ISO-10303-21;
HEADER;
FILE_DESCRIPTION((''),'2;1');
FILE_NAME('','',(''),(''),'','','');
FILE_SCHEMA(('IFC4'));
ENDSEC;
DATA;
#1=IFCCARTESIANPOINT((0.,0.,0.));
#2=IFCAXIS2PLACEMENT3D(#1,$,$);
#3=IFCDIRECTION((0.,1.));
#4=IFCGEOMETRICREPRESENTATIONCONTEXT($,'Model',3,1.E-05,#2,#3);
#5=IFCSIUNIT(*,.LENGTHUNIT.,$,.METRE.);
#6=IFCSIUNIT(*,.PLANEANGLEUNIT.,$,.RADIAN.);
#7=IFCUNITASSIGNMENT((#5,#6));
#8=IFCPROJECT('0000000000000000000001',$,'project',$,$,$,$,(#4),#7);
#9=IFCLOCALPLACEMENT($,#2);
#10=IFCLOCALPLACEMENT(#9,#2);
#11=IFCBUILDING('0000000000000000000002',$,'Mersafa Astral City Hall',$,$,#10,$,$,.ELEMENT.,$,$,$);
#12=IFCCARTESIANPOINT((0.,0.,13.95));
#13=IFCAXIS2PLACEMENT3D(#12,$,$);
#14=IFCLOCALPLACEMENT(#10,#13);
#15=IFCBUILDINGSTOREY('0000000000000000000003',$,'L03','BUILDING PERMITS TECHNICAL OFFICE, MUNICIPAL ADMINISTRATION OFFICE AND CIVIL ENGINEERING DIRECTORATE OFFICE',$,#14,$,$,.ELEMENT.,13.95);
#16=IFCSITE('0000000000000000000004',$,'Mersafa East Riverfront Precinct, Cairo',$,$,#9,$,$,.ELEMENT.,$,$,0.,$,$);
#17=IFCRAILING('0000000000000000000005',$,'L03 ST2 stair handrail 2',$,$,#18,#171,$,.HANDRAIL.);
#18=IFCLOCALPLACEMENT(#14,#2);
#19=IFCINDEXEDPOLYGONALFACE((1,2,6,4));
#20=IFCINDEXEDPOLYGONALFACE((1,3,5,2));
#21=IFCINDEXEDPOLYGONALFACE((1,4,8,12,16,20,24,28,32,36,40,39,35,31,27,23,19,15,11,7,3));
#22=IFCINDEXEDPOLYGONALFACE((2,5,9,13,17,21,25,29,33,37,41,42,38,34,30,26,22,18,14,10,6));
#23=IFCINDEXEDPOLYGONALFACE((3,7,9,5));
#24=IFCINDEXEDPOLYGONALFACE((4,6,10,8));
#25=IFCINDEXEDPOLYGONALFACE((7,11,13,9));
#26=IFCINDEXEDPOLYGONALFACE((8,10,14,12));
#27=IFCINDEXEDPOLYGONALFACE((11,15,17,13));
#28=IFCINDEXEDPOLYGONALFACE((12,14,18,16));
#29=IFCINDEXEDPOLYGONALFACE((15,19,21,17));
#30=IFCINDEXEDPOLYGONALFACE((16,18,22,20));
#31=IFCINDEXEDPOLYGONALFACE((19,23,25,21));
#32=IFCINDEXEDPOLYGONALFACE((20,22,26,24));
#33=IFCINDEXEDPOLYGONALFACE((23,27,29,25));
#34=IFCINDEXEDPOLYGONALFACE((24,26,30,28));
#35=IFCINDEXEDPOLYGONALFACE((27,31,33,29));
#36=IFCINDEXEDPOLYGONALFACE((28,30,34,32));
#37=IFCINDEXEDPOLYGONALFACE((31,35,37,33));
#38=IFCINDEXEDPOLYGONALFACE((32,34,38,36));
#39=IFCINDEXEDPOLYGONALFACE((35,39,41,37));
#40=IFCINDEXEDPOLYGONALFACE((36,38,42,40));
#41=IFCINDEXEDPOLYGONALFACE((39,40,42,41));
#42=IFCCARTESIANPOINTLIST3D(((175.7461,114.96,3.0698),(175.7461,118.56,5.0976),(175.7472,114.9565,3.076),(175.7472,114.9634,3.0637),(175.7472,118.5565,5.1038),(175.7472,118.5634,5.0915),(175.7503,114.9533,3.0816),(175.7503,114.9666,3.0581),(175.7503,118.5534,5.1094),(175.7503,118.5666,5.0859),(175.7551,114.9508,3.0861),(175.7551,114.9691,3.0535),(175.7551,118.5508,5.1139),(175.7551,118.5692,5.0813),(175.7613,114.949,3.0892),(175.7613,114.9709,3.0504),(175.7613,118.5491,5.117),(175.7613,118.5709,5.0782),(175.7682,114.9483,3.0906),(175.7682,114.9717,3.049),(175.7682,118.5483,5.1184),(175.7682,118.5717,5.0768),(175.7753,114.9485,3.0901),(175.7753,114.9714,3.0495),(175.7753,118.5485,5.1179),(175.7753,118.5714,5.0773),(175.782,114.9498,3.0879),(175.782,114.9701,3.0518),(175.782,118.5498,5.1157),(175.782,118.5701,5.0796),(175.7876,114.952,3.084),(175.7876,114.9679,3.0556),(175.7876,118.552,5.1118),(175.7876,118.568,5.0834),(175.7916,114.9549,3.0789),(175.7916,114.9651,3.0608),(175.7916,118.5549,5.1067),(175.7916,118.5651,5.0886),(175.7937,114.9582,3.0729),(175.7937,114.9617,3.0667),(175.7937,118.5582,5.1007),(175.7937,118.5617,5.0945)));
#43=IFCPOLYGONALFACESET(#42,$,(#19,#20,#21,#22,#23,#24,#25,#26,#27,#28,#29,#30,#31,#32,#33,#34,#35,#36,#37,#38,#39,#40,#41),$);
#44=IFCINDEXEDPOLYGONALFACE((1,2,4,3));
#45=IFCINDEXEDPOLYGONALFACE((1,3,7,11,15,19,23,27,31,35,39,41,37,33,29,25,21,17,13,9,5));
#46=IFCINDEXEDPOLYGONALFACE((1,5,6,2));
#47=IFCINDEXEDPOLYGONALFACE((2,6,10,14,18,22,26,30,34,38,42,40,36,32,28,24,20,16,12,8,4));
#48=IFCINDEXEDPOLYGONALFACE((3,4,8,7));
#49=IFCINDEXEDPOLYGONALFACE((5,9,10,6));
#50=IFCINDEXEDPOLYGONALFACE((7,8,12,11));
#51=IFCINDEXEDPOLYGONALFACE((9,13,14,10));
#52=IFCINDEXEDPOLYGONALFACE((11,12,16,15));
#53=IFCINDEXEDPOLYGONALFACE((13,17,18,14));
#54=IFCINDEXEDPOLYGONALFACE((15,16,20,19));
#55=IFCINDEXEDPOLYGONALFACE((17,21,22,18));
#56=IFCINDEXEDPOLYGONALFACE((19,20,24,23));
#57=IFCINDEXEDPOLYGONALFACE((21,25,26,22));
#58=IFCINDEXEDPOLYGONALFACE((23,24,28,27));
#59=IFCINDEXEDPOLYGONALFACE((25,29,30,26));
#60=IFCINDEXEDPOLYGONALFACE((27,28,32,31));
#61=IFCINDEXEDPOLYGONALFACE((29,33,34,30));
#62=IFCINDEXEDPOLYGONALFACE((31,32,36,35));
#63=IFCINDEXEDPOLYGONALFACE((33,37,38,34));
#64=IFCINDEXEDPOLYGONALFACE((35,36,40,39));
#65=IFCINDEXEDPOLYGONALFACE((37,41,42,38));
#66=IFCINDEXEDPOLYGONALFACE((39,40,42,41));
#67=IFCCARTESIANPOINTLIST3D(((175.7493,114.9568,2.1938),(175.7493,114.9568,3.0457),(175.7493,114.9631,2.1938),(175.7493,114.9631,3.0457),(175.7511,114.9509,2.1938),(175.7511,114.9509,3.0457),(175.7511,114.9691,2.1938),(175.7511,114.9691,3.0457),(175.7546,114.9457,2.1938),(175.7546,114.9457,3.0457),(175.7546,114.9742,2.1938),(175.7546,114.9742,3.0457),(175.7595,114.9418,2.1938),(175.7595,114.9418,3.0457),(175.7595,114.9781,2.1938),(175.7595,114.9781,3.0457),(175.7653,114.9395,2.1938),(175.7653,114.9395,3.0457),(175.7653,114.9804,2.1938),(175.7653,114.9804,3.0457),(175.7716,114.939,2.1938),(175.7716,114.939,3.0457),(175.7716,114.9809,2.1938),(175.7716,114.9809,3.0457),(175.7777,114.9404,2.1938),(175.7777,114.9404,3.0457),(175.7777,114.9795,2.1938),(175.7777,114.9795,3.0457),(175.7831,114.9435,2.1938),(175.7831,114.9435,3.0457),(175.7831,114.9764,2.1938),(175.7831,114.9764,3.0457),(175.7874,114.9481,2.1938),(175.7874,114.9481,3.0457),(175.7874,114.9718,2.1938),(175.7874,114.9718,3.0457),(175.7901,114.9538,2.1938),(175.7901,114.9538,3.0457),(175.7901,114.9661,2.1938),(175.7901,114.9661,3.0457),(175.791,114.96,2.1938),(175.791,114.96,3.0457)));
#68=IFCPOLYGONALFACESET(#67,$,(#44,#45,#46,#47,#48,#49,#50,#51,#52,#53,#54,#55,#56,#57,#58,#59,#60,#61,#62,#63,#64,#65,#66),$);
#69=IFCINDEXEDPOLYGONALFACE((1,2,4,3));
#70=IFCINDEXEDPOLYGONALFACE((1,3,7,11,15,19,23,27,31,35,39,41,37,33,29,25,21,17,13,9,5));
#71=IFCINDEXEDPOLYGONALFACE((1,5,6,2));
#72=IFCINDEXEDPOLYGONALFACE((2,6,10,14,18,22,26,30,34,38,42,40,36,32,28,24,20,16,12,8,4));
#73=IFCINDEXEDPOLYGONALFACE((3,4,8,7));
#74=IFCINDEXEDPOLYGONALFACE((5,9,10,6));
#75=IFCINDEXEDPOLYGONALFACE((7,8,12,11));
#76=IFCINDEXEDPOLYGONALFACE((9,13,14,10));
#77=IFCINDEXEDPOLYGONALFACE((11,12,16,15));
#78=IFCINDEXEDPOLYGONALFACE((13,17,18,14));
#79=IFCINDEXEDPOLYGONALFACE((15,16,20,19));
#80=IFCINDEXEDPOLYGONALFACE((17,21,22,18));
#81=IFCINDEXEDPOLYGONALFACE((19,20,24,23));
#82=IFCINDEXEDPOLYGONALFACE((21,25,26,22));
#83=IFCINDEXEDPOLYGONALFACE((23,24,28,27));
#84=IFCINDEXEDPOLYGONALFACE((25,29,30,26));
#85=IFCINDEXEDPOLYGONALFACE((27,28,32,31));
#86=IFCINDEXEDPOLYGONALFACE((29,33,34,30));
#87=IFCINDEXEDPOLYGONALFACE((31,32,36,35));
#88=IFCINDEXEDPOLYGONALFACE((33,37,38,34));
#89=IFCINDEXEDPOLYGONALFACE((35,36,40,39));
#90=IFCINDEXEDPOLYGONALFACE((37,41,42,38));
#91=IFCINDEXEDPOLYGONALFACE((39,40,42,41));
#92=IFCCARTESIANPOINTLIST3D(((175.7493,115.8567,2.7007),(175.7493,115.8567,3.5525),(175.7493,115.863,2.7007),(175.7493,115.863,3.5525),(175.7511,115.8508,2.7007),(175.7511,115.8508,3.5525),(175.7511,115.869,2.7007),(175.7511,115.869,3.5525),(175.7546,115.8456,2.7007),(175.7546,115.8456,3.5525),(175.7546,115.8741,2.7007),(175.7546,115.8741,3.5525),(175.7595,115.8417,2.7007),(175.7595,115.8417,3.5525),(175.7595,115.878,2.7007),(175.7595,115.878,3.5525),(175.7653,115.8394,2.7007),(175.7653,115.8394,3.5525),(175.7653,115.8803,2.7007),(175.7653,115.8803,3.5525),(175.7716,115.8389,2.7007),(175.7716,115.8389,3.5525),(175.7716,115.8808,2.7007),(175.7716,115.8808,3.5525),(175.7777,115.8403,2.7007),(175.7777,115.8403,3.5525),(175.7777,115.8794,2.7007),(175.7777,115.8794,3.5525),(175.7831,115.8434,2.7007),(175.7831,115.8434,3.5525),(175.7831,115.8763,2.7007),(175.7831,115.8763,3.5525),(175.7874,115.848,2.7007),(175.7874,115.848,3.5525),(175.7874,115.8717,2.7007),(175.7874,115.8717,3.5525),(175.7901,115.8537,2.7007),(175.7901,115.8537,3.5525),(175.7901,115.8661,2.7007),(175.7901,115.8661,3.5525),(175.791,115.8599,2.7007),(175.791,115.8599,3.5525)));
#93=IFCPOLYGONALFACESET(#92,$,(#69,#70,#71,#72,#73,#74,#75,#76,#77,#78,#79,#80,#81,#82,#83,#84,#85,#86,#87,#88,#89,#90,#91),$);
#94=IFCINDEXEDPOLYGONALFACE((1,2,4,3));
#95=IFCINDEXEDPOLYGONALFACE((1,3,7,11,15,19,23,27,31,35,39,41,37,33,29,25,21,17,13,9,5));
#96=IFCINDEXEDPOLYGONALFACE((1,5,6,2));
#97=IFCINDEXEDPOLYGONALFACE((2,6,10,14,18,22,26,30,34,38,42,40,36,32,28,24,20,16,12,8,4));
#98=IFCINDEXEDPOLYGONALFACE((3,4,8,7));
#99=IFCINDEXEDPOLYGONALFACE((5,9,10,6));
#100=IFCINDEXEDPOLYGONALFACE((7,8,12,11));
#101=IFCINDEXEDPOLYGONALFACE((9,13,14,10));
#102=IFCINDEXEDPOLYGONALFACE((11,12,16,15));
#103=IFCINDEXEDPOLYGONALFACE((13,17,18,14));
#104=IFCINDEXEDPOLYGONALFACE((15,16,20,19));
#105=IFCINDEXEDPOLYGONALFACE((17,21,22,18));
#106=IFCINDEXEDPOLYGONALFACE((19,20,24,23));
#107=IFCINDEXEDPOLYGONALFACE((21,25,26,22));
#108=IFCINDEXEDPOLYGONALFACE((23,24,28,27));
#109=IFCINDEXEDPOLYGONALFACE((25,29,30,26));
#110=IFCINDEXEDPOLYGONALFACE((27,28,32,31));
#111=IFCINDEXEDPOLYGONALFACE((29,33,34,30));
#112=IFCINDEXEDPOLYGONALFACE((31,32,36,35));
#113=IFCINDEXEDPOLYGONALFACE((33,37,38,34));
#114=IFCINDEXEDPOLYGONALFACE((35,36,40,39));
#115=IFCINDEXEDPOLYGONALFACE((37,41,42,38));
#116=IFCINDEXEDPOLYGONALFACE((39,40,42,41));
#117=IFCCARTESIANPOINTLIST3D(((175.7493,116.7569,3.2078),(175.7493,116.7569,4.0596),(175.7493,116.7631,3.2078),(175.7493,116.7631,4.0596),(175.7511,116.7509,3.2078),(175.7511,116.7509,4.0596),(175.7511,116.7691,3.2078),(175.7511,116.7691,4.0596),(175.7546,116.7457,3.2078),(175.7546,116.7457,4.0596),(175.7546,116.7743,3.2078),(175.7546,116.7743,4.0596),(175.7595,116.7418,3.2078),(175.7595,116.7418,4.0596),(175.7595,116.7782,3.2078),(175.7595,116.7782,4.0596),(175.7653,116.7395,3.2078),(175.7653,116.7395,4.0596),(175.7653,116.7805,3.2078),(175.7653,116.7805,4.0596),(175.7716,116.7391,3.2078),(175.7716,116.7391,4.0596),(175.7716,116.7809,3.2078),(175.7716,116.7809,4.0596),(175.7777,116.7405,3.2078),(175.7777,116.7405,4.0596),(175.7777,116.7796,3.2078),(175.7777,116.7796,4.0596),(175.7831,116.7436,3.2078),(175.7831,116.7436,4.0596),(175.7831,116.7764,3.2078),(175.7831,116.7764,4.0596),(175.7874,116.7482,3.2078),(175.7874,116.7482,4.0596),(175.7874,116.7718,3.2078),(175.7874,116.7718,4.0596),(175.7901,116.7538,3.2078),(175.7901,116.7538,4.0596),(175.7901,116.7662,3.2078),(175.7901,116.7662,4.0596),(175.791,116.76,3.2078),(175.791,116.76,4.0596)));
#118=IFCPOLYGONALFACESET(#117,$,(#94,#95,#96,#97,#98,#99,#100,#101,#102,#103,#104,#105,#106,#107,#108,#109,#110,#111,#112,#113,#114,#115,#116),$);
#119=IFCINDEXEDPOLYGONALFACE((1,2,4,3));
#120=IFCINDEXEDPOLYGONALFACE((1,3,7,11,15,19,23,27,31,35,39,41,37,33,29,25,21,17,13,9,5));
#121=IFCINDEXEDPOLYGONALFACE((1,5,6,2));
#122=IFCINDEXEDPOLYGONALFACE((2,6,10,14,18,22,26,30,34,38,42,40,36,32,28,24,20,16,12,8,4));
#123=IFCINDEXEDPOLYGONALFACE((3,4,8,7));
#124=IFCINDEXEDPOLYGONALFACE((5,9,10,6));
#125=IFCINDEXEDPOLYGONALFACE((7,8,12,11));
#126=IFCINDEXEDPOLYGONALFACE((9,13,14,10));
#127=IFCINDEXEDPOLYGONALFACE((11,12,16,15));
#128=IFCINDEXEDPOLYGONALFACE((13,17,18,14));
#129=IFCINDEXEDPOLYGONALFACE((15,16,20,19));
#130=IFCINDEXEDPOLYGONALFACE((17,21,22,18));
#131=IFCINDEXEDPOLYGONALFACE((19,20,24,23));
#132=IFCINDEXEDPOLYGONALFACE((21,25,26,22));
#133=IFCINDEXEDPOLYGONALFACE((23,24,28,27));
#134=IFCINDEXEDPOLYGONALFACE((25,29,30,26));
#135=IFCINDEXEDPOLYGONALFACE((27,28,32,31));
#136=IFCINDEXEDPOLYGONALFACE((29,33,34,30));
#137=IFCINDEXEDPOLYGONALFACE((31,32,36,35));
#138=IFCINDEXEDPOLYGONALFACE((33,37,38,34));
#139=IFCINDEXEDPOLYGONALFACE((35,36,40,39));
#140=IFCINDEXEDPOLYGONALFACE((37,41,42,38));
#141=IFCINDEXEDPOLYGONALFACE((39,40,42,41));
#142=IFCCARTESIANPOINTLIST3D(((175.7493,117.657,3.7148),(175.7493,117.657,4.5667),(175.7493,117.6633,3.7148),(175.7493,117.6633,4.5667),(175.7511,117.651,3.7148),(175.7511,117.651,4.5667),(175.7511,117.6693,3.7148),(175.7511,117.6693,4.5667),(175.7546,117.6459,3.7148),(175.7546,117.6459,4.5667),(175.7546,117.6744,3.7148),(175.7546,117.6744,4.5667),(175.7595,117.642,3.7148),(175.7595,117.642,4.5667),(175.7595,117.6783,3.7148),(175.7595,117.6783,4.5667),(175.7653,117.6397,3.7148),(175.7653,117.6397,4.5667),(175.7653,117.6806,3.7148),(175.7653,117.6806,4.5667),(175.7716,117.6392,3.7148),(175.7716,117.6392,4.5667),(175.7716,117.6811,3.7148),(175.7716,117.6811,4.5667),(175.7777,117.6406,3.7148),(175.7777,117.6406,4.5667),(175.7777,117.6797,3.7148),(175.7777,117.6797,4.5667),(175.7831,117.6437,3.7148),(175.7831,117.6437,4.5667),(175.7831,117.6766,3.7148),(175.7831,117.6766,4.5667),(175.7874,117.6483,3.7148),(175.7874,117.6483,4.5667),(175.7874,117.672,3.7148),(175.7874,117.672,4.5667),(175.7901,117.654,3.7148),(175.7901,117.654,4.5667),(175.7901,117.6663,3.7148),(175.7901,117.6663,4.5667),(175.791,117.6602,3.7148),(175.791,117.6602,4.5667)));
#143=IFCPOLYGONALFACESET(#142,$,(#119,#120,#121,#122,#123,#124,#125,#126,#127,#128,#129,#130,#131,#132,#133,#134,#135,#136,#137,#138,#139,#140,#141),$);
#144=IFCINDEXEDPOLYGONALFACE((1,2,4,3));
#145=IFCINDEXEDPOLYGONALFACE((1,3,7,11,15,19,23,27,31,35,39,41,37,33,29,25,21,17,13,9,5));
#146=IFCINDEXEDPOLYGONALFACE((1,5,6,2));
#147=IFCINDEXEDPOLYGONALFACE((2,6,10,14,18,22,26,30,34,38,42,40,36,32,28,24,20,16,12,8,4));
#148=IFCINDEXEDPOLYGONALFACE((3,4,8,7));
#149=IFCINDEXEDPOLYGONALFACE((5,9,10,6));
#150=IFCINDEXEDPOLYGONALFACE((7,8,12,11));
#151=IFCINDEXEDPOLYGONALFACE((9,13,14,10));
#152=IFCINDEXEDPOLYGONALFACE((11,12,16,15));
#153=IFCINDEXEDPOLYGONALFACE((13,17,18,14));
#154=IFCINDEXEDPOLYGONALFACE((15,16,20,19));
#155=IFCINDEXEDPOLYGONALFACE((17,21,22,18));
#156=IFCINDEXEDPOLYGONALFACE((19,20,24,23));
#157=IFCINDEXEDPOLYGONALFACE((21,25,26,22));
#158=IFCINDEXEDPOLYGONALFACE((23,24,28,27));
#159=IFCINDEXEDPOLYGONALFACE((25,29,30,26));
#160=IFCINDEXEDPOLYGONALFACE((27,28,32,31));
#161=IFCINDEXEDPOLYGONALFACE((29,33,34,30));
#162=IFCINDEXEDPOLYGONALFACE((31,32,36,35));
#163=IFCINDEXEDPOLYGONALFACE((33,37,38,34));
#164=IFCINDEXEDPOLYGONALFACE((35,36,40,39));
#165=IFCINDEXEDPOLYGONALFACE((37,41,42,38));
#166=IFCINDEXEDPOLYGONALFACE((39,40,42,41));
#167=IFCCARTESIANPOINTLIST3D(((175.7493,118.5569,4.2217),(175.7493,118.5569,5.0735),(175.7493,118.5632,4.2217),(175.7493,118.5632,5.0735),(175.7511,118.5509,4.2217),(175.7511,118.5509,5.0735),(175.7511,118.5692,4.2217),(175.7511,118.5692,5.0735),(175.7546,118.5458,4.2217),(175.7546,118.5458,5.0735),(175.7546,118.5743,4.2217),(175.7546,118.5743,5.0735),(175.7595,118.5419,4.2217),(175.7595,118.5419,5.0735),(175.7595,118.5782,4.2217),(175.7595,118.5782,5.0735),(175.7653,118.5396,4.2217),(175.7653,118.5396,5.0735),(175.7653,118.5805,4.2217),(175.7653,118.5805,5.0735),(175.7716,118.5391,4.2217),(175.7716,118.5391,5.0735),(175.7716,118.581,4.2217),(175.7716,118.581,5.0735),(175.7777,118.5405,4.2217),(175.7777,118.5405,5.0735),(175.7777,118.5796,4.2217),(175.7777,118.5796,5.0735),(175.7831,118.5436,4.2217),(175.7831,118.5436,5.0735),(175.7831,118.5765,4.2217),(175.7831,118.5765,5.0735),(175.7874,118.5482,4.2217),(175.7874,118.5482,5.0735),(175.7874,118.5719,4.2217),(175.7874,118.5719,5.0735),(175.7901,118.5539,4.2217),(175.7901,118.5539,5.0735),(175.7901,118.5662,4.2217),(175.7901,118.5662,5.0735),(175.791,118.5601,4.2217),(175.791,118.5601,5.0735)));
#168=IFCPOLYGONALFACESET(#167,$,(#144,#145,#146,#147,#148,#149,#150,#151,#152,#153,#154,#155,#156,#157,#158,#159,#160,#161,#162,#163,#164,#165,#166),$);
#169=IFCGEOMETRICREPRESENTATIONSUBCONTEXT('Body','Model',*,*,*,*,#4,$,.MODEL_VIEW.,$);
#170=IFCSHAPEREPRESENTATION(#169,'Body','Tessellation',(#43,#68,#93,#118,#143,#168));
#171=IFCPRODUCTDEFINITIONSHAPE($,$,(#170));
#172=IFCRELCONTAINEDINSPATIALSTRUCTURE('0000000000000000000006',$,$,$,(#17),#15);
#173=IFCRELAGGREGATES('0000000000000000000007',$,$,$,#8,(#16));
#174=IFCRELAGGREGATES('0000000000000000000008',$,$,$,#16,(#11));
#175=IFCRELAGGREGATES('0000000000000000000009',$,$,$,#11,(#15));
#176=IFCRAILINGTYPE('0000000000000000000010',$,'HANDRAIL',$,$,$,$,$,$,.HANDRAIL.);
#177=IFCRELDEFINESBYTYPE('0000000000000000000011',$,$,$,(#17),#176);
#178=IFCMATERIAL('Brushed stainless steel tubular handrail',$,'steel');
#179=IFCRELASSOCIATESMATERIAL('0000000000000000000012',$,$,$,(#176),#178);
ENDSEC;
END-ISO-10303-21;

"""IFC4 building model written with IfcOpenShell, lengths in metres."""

from ifc_helpers import new_model, si_unit, direction, frame, origin, origin_2d, place, context, subcontext, project, spatial, circle, extrude, material, type_object, element, save


model = new_model("IFC4")

# Units and contexts
model_context = context("Model", 3, precision=1e-05, world=origin(), true_north=direction((0.0, 1.0)))
body_context = subcontext(model_context, "Body", "Model", "MODEL_VIEW")
ifc_project = project(units=[si_unit("LENGTHUNIT", "METRE"), si_unit("PLANEANGLEUNIT", "RADIAN")], contexts=[model_context])

# Site, building, storey
site_placement = place(None, origin())
site = spatial("IfcSite", under=ifc_project, at=site_placement, Name="Mersafa East Riverfront Precinct, Cairo", CompositionType="ELEMENT", RefElevation=0.0)
building_placement = place(site_placement, origin())
building = spatial("IfcBuilding", under=site, at=building_placement, Name="Mersafa Astral City Hall", CompositionType="ELEMENT")
storey_placement = place(building_placement, frame((0.0, 0.0, 13.95)))
storey = spatial("IfcBuildingStorey", under=building, at=storey_placement, Name="L03", Description="BUILDING PERMITS TECHNICAL OFFICE, MUNICIPAL ADMINISTRATION OFFICE AND CIVIL ENGINEERING DIRECTORATE OFFICE", CompositionType="ELEMENT", Elevation=13.95)

# Railing
ifc_material_1 = material(Name="Brushed stainless steel tubular handrail", Category="steel")
railing_type_1 = type_object("IfcRailingType", Name="HANDRAIL", PredefinedType="HANDRAIL", material=ifc_material_1)
railing_1_placement = place(storey_placement, frame((175.77, 114.96, 2.1938)))
element("IfcRailing", 1, at=railing_1_placement, inside=storey, type_object=railing_type_1, Name="L03 ST2 stair handrail 2", PredefinedType="HANDRAIL", context=body_context, shape_type="SweptSolid", body=[
    extrude(circle(Radius=0.0239, at=origin_2d()), frame((0.0, 0.0, 0.876), z_axis=(0.0, 0.871288, 0.490772), x_axis=(-1.0, 0.0, 0.0)), (0.0, 0.0, 1.0), 4.1318),
    extrude(circle(Radius=0.021, at=origin_2d()), origin(), (0.0, 0.0, 1.0), 0.8518),
    extrude(circle(Radius=0.021, at=origin_2d()), frame((0.0, 0.8999, 0.5068)), (0.0, 0.0, 1.0), 0.8518),
    extrude(circle(Radius=0.021, at=origin_2d()), frame((0.0, 1.8, 1.0139)), (0.0, 0.0, 1.0), 0.8518),
    extrude(circle(Radius=0.021, at=origin_2d()), frame((0.0, 2.7002, 1.521)), (0.0, 0.0, 1.0), 0.8518),
    extrude(circle(Radius=0.021, at=origin_2d()), frame((0.0, 3.6001, 2.0278)), (0.0, 0.0, 1.0), 0.8518),
])

save(model, "model.ifc")
